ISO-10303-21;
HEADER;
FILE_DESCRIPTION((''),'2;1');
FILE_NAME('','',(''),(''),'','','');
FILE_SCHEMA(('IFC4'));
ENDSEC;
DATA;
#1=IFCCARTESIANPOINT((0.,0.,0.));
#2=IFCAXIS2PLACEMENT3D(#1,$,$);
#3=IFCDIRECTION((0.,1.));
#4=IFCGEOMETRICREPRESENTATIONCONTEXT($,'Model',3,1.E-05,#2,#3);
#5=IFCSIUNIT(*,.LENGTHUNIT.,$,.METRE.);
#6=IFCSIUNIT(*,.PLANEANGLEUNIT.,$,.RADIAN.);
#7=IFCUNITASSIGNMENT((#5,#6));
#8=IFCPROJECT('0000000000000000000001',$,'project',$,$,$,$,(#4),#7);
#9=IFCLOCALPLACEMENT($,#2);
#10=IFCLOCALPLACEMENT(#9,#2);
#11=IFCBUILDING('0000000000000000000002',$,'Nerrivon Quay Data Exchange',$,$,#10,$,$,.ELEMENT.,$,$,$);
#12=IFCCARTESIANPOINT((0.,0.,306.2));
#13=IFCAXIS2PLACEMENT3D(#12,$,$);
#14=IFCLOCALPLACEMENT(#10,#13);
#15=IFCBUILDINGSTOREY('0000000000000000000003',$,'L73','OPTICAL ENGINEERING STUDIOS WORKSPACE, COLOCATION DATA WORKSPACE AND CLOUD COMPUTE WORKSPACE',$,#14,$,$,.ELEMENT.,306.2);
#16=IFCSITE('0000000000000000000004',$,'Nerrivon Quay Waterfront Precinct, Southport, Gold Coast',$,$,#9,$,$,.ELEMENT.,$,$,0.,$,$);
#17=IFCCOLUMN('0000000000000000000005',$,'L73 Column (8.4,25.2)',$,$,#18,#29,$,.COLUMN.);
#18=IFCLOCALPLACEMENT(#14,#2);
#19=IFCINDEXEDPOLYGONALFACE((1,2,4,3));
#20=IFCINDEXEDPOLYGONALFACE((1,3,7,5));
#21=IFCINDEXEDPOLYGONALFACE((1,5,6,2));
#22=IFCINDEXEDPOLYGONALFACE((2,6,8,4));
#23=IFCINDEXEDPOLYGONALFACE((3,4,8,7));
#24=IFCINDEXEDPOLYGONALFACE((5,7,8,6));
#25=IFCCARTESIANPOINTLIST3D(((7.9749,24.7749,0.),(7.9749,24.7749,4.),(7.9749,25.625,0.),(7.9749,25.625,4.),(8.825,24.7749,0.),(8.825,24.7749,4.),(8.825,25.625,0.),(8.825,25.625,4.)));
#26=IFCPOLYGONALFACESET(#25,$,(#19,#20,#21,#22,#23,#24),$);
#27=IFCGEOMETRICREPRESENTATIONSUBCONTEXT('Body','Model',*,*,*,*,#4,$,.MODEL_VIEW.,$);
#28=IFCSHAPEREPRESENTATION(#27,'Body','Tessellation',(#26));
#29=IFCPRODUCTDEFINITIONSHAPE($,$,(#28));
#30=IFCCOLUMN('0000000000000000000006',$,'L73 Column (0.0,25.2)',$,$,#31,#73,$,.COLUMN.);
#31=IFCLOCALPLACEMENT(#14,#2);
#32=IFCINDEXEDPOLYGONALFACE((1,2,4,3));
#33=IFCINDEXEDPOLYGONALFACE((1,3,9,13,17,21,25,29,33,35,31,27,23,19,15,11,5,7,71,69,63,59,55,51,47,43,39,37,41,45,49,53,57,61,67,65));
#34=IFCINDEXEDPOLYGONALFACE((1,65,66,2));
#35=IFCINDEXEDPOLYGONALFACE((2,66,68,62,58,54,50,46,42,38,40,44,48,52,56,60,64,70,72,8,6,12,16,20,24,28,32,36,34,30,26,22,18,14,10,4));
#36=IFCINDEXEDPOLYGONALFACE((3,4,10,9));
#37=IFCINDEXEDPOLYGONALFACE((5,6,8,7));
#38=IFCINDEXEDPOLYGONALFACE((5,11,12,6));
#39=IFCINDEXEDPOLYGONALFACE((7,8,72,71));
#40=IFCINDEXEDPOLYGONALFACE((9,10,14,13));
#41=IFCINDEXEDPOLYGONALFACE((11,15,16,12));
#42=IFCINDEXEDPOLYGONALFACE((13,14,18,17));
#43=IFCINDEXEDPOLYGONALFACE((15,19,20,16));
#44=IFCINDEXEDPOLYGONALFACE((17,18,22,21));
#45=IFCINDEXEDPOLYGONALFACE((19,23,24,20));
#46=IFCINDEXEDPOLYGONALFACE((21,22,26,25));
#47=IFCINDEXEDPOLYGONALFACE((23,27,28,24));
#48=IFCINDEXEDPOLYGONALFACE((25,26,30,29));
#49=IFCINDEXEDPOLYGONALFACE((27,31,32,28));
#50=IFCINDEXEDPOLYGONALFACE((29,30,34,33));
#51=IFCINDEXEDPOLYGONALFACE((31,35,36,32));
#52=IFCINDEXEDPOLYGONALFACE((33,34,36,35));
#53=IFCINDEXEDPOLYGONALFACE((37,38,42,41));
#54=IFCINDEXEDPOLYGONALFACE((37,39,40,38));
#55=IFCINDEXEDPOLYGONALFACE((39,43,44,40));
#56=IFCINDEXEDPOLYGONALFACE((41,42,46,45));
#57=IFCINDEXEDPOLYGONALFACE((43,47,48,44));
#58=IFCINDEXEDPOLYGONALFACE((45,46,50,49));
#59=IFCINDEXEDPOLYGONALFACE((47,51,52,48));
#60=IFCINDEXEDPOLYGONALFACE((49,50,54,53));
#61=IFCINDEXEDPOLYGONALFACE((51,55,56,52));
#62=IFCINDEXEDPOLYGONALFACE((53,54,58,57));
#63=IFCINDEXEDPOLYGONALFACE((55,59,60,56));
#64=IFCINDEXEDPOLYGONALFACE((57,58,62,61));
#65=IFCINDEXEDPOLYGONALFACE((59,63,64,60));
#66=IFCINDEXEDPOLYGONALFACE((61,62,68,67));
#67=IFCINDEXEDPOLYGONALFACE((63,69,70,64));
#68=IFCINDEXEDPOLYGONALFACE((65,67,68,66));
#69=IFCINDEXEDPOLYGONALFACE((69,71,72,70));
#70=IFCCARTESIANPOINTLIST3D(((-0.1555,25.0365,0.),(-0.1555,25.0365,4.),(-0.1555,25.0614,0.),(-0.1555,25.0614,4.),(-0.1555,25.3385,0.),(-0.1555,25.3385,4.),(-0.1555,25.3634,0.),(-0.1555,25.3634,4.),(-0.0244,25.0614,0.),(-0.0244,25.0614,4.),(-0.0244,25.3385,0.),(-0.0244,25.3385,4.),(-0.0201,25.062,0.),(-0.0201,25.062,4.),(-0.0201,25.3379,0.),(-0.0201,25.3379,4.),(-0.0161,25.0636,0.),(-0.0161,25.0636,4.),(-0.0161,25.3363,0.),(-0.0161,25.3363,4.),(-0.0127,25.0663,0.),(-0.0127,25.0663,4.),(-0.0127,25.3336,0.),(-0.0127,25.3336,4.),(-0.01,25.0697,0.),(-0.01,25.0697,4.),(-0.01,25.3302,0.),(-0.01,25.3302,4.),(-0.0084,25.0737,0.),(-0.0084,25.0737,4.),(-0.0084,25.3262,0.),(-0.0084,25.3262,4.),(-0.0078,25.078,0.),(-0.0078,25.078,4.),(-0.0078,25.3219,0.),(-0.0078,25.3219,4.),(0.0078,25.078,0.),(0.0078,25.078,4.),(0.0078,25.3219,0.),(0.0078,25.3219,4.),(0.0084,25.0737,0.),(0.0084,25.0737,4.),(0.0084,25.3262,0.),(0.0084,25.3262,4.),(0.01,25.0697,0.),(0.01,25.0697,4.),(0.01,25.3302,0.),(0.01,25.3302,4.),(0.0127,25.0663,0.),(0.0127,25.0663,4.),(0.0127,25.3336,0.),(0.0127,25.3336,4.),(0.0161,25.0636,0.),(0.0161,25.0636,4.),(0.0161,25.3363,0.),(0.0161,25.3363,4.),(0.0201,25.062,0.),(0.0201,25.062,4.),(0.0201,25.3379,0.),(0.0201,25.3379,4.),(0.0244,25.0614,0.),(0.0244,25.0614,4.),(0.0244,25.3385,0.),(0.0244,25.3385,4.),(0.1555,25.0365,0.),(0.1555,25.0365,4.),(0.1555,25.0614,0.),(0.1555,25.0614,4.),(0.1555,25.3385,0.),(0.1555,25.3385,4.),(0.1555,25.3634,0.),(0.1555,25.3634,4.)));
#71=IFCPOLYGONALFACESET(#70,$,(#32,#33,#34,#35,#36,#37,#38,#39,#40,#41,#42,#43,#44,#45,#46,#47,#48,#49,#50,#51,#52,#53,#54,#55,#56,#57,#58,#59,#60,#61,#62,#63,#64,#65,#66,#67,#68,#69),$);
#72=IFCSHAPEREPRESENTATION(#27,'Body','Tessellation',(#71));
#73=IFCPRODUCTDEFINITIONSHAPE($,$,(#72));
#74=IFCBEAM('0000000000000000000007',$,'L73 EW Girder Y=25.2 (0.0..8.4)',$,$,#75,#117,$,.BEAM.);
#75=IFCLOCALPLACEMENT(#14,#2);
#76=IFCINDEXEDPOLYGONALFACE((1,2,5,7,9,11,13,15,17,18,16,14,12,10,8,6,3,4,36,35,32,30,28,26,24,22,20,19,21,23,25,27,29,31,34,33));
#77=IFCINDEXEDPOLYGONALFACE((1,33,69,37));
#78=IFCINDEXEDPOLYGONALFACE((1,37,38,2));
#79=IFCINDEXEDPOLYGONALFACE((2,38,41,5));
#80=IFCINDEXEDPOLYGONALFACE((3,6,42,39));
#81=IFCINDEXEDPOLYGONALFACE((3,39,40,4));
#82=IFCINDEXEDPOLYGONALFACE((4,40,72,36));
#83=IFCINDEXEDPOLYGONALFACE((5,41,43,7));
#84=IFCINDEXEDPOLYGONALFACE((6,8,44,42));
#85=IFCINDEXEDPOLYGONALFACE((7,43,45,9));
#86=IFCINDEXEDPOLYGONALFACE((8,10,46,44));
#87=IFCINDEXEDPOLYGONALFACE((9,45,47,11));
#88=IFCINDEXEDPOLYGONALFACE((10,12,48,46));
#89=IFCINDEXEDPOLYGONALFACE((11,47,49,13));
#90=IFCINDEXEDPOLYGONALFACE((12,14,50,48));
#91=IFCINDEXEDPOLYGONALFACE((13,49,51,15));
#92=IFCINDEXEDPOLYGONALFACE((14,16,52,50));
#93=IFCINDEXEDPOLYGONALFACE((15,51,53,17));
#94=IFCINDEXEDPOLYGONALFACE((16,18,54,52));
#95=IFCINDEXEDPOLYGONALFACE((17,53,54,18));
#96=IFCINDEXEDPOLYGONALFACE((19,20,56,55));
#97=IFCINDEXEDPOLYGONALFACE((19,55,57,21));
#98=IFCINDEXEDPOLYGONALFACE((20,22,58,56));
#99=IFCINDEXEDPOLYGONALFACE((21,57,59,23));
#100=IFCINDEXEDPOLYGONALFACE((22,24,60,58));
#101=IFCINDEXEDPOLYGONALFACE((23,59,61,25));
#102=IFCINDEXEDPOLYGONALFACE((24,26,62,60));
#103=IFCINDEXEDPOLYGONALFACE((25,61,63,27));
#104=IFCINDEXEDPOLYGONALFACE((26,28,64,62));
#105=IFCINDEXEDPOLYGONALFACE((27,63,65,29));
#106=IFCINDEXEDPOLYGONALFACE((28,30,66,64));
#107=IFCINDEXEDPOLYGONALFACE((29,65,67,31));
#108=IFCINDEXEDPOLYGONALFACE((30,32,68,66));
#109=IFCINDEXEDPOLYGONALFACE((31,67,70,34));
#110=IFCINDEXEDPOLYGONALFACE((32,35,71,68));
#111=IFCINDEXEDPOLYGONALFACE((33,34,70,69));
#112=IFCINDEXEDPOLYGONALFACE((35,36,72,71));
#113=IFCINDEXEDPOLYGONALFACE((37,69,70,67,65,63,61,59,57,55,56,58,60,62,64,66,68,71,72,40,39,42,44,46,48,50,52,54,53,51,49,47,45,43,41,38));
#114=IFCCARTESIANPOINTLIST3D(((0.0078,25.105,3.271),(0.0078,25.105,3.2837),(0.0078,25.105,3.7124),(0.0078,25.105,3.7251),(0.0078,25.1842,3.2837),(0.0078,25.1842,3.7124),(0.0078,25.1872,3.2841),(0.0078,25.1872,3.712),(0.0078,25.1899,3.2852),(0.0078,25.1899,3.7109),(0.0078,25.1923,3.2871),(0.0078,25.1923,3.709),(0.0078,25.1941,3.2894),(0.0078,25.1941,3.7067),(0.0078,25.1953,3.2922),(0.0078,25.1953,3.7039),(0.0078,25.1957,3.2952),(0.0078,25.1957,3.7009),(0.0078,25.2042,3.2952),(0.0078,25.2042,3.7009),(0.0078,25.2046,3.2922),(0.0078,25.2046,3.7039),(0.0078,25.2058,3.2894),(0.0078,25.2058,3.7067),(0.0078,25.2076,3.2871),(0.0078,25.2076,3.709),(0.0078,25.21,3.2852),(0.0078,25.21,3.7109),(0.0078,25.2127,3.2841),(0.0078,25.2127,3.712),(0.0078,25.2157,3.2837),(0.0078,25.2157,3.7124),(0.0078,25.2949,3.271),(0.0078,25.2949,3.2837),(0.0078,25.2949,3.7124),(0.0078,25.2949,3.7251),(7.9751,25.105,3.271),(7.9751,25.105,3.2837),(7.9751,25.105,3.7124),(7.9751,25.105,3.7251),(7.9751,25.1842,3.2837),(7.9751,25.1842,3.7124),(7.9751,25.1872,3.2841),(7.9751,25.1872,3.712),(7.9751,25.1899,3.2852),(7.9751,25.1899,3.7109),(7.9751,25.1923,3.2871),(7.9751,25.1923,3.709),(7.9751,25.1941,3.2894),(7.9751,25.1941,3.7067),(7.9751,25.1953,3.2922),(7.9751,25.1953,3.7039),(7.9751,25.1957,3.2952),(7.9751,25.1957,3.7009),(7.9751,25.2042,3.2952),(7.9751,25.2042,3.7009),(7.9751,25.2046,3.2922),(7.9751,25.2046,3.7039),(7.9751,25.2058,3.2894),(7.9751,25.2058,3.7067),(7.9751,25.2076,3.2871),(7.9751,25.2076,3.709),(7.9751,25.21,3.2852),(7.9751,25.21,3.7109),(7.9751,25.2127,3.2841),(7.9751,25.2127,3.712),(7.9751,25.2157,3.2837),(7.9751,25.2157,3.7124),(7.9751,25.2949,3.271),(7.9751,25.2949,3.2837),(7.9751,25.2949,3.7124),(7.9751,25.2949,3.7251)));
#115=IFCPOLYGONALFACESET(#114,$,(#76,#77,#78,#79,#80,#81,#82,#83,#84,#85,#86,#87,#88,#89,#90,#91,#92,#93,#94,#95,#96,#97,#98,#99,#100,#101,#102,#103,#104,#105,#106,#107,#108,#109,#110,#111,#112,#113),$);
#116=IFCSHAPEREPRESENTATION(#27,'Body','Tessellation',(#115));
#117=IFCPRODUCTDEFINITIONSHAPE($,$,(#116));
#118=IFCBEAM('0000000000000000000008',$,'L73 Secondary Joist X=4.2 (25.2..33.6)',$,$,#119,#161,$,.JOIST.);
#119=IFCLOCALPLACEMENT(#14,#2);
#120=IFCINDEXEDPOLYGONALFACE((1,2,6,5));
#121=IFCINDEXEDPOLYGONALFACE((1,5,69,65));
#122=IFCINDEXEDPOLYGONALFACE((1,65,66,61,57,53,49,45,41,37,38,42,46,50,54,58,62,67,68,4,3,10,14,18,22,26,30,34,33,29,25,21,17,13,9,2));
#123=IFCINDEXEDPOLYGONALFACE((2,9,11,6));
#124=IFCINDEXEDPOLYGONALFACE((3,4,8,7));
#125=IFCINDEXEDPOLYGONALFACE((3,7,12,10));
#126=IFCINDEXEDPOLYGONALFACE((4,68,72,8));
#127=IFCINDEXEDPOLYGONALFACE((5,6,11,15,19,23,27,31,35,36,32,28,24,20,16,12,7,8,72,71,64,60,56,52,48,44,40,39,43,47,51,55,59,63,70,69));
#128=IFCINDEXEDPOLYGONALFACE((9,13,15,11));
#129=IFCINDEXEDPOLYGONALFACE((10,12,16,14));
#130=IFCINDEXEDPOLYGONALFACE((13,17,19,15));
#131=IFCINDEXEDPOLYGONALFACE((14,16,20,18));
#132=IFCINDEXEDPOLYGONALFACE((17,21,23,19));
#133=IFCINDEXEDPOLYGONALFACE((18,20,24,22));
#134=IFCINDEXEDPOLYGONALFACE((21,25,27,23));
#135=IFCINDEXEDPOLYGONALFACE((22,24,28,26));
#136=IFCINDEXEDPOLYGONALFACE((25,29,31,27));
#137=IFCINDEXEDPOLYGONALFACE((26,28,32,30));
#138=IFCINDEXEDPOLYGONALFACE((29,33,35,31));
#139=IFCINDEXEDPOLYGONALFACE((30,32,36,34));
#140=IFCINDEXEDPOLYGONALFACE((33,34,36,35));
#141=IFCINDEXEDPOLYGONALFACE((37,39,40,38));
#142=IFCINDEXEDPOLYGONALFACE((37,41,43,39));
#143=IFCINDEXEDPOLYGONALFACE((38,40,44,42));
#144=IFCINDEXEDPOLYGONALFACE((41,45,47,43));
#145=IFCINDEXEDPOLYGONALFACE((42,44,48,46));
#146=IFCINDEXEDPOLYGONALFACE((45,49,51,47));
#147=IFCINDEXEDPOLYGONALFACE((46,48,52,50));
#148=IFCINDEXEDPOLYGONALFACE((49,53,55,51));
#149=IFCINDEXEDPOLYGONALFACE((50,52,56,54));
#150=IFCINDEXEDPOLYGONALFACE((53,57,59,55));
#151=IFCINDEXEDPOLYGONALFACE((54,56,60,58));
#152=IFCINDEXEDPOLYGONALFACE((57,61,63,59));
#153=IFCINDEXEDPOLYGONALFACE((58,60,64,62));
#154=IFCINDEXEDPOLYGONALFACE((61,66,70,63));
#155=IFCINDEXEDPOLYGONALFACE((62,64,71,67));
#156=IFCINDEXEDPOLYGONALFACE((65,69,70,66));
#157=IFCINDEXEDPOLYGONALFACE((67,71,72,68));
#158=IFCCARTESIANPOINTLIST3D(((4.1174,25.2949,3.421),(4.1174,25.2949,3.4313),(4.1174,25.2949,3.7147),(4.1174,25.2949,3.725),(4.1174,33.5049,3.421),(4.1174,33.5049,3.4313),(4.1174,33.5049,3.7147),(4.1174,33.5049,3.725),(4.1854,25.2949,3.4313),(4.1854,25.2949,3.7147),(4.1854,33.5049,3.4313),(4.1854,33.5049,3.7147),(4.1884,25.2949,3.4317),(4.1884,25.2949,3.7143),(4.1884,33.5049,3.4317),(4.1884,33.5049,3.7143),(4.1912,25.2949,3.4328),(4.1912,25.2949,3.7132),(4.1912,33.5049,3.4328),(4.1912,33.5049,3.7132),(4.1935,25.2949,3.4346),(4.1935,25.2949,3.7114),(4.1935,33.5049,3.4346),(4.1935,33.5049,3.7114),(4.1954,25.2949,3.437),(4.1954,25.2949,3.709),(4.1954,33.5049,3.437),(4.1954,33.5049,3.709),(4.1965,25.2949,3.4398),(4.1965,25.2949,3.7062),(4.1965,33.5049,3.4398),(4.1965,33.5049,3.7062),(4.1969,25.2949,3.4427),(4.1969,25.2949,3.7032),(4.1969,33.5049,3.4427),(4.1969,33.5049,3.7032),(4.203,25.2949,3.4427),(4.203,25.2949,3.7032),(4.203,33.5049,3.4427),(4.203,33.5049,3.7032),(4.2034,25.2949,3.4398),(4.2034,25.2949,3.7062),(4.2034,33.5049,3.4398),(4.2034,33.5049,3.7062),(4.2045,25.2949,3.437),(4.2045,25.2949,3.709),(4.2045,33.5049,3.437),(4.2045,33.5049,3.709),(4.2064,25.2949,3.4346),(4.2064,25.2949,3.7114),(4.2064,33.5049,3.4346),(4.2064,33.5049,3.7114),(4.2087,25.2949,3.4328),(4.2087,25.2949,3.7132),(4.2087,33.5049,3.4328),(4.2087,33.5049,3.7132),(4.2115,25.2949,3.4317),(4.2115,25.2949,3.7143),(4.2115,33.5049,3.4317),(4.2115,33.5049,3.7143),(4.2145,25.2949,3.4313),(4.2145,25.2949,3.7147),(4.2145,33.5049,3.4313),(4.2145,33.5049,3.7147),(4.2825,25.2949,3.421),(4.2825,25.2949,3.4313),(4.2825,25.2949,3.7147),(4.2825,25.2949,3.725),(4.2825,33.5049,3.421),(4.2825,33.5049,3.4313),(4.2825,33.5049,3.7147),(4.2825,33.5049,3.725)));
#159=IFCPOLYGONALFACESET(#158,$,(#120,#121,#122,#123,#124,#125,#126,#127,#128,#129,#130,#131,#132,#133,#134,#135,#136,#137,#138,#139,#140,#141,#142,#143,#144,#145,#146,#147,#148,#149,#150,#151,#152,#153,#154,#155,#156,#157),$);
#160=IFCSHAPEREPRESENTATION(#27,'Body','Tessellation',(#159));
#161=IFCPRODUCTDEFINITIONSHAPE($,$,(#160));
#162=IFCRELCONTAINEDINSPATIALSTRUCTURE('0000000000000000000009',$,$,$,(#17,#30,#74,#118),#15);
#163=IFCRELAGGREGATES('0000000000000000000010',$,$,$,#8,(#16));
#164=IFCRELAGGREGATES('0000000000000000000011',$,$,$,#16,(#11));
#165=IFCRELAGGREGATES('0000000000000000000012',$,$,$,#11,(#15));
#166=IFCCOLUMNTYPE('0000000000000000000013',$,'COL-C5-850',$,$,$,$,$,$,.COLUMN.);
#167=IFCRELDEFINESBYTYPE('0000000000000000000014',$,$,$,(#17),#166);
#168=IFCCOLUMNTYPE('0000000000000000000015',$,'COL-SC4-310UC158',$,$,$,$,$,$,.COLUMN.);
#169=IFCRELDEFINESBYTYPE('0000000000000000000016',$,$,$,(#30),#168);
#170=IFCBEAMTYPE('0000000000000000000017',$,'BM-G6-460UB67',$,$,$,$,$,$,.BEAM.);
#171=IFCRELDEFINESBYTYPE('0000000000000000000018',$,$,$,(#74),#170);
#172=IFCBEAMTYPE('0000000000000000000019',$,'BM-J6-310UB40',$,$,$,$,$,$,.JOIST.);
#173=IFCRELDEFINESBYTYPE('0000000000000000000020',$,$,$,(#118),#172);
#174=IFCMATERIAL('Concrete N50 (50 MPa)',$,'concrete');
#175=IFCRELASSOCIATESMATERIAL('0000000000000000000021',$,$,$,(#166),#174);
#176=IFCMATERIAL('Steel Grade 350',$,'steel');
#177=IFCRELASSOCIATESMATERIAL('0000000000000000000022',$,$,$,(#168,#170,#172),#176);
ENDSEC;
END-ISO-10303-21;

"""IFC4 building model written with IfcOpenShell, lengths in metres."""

from ifc_helpers import new_model, si_unit, direction, frame, origin, origin_2d, place, context, subcontext, project, spatial, rectangle, i_section, extrude, material, material_profile, profile_set, type_object, element, save


model = new_model("IFC4")

# Units and contexts
model_context = context("Model", 3, precision=1e-05, world=origin(), true_north=direction((0.0, 1.0)))
body_context = subcontext(model_context, "Body", "Model", "MODEL_VIEW")
ifc_project = project(units=[si_unit("LENGTHUNIT", "METRE"), si_unit("PLANEANGLEUNIT", "RADIAN")], contexts=[model_context])

# Site, building, storey
site_placement = place(None, origin())
site = spatial("IfcSite", under=ifc_project, at=site_placement, Name="Nerrivon Quay Waterfront Precinct, Southport, Gold Coast", CompositionType="ELEMENT", RefElevation=0.0)
building_placement = place(site_placement, origin())
building = spatial("IfcBuilding", under=site, at=building_placement, Name="Nerrivon Quay Data Exchange", CompositionType="ELEMENT")
storey_placement = place(building_placement, frame((0.0, 0.0, 306.2)))
storey = spatial("IfcBuildingStorey", under=building, at=storey_placement, Name="L73", Description="OPTICAL ENGINEERING STUDIOS WORKSPACE, COLOCATION DATA WORKSPACE AND CLOUD COMPUTE WORKSPACE", CompositionType="ELEMENT", Elevation=306.2)

# Columns
ifc_material_1 = material(Name="Concrete N50 (50 MPa)", Category="concrete")
ifc_material_profile_1 = material_profile(ifc_material_1, rectangle(XDim=0.8501, YDim=0.8501, at=origin_2d()), Name="RC-COL-850x850")
ifc_profile_set_1 = profile_set([ifc_material_profile_1], Name="Concrete N50 (50 MPa)")
column_type_1 = type_object("IfcColumnType", Name="COL-C5-850", PredefinedType="COLUMN", material=ifc_profile_set_1)
column_1_placement = place(storey_placement, frame((8.3999, 25.2, 0.0), z_axis=(0.0, 0.0, 1.0), x_axis=(1.0, 0.0, 0.0)))
element("IfcColumn", 1, at=column_1_placement, inside=storey, type_object=column_type_1, Name="L73 Column (8.4,25.2)", PredefinedType="COLUMN", context=body_context, shape_type="SweptSolid", body=[
    extrude(rectangle(XDim=0.8501, YDim=0.8501, at=origin_2d()), origin(), (0.0, 0.0, 1.0), 4.0),
])
ifc_material_2 = material(Name="Steel Grade 350", Category="steel")
ifc_material_profile_2 = material_profile(ifc_material_2, i_section(OverallWidth=0.311, OverallDepth=0.3269, WebThickness=0.0156, FlangeThickness=0.0249, FilletRadius=0.0166, at=origin_2d()), Name="310UC158")
ifc_profile_set_2 = profile_set([ifc_material_profile_2], Name="Steel Grade 350")
column_type_2 = type_object("IfcColumnType", Name="COL-SC4-310UC158", PredefinedType="COLUMN", material=ifc_profile_set_2)
column_2_placement = place(storey_placement, frame((0.0, 25.2, 0.0), z_axis=(0.0, 0.0, 1.0), x_axis=(1.0, 0.0, 0.0)))
element("IfcColumn", 2, at=column_2_placement, inside=storey, type_object=column_type_2, Name="L73 Column (0.0,25.2)", PredefinedType="COLUMN", context=body_context, shape_type="SweptSolid", body=[
    extrude(i_section(OverallWidth=0.311, OverallDepth=0.3269, WebThickness=0.0156, FlangeThickness=0.0249, FilletRadius=0.0166, at=origin_2d()), origin(), (0.0, 0.0, 1.0), 4.0),
])

# Beams
ifc_material_profile_3 = material_profile(ifc_material_2, i_section(OverallWidth=0.1899, OverallDepth=0.4541, WebThickness=0.0085, FlangeThickness=0.0127, FilletRadius=0.0115, at=origin_2d()), Name="460UB67.1")
ifc_profile_set_3 = profile_set([ifc_material_profile_3], Name="Steel Grade 350")
beam_type_1 = type_object("IfcBeamType", Name="BM-G6-460UB67", PredefinedType="BEAM", material=ifc_profile_set_3)
beam_1_placement = place(storey_placement, frame((0.0078, 25.2, 3.498), z_axis=(1.0, 0.0, 0.0), x_axis=(0.0, 1.0, 0.0)))
element("IfcBeam", 3, at=beam_1_placement, inside=storey, type_object=beam_type_1, Name="L73 EW Girder Y=25.2 (0.0..8.4)", PredefinedType="BEAM", context=body_context, shape_type="SweptSolid", body=[
    extrude(i_section(OverallWidth=0.1899, OverallDepth=0.4541, WebThickness=0.0085, FlangeThickness=0.0127, FilletRadius=0.0115, at=origin_2d()), origin(), (0.0, 0.0, 1.0), 7.9673),
])
ifc_material_profile_4 = material_profile(ifc_material_2, i_section(OverallWidth=0.165, OverallDepth=0.304, WebThickness=0.0061, FlangeThickness=0.0103, FilletRadius=0.0115, at=origin_2d()), Name="310UB40.4")
ifc_profile_set_4 = profile_set([ifc_material_profile_4], Name="Steel Grade 350")
beam_type_2 = type_object("IfcBeamType", Name="BM-J6-310UB40", PredefinedType="JOIST", material=ifc_profile_set_4)
beam_2_placement = place(storey_placement, frame((4.2, 25.2949, 3.573), z_axis=(0.0, 1.0, 0.0), x_axis=(-1.0, 0.0, 0.0)))
element("IfcBeam", 4, at=beam_2_placement, inside=storey, type_object=beam_type_2, Name="L73 Secondary Joist X=4.2 (25.2..33.6)", PredefinedType="JOIST", context=body_context, shape_type="SweptSolid", body=[
    extrude(i_section(OverallWidth=0.165, OverallDepth=0.304, WebThickness=0.0061, FlangeThickness=0.0103, FilletRadius=0.0115, at=origin_2d()), origin(), (0.0, 0.0, 1.0), 8.21),
])

save(model, "model.ifc")
